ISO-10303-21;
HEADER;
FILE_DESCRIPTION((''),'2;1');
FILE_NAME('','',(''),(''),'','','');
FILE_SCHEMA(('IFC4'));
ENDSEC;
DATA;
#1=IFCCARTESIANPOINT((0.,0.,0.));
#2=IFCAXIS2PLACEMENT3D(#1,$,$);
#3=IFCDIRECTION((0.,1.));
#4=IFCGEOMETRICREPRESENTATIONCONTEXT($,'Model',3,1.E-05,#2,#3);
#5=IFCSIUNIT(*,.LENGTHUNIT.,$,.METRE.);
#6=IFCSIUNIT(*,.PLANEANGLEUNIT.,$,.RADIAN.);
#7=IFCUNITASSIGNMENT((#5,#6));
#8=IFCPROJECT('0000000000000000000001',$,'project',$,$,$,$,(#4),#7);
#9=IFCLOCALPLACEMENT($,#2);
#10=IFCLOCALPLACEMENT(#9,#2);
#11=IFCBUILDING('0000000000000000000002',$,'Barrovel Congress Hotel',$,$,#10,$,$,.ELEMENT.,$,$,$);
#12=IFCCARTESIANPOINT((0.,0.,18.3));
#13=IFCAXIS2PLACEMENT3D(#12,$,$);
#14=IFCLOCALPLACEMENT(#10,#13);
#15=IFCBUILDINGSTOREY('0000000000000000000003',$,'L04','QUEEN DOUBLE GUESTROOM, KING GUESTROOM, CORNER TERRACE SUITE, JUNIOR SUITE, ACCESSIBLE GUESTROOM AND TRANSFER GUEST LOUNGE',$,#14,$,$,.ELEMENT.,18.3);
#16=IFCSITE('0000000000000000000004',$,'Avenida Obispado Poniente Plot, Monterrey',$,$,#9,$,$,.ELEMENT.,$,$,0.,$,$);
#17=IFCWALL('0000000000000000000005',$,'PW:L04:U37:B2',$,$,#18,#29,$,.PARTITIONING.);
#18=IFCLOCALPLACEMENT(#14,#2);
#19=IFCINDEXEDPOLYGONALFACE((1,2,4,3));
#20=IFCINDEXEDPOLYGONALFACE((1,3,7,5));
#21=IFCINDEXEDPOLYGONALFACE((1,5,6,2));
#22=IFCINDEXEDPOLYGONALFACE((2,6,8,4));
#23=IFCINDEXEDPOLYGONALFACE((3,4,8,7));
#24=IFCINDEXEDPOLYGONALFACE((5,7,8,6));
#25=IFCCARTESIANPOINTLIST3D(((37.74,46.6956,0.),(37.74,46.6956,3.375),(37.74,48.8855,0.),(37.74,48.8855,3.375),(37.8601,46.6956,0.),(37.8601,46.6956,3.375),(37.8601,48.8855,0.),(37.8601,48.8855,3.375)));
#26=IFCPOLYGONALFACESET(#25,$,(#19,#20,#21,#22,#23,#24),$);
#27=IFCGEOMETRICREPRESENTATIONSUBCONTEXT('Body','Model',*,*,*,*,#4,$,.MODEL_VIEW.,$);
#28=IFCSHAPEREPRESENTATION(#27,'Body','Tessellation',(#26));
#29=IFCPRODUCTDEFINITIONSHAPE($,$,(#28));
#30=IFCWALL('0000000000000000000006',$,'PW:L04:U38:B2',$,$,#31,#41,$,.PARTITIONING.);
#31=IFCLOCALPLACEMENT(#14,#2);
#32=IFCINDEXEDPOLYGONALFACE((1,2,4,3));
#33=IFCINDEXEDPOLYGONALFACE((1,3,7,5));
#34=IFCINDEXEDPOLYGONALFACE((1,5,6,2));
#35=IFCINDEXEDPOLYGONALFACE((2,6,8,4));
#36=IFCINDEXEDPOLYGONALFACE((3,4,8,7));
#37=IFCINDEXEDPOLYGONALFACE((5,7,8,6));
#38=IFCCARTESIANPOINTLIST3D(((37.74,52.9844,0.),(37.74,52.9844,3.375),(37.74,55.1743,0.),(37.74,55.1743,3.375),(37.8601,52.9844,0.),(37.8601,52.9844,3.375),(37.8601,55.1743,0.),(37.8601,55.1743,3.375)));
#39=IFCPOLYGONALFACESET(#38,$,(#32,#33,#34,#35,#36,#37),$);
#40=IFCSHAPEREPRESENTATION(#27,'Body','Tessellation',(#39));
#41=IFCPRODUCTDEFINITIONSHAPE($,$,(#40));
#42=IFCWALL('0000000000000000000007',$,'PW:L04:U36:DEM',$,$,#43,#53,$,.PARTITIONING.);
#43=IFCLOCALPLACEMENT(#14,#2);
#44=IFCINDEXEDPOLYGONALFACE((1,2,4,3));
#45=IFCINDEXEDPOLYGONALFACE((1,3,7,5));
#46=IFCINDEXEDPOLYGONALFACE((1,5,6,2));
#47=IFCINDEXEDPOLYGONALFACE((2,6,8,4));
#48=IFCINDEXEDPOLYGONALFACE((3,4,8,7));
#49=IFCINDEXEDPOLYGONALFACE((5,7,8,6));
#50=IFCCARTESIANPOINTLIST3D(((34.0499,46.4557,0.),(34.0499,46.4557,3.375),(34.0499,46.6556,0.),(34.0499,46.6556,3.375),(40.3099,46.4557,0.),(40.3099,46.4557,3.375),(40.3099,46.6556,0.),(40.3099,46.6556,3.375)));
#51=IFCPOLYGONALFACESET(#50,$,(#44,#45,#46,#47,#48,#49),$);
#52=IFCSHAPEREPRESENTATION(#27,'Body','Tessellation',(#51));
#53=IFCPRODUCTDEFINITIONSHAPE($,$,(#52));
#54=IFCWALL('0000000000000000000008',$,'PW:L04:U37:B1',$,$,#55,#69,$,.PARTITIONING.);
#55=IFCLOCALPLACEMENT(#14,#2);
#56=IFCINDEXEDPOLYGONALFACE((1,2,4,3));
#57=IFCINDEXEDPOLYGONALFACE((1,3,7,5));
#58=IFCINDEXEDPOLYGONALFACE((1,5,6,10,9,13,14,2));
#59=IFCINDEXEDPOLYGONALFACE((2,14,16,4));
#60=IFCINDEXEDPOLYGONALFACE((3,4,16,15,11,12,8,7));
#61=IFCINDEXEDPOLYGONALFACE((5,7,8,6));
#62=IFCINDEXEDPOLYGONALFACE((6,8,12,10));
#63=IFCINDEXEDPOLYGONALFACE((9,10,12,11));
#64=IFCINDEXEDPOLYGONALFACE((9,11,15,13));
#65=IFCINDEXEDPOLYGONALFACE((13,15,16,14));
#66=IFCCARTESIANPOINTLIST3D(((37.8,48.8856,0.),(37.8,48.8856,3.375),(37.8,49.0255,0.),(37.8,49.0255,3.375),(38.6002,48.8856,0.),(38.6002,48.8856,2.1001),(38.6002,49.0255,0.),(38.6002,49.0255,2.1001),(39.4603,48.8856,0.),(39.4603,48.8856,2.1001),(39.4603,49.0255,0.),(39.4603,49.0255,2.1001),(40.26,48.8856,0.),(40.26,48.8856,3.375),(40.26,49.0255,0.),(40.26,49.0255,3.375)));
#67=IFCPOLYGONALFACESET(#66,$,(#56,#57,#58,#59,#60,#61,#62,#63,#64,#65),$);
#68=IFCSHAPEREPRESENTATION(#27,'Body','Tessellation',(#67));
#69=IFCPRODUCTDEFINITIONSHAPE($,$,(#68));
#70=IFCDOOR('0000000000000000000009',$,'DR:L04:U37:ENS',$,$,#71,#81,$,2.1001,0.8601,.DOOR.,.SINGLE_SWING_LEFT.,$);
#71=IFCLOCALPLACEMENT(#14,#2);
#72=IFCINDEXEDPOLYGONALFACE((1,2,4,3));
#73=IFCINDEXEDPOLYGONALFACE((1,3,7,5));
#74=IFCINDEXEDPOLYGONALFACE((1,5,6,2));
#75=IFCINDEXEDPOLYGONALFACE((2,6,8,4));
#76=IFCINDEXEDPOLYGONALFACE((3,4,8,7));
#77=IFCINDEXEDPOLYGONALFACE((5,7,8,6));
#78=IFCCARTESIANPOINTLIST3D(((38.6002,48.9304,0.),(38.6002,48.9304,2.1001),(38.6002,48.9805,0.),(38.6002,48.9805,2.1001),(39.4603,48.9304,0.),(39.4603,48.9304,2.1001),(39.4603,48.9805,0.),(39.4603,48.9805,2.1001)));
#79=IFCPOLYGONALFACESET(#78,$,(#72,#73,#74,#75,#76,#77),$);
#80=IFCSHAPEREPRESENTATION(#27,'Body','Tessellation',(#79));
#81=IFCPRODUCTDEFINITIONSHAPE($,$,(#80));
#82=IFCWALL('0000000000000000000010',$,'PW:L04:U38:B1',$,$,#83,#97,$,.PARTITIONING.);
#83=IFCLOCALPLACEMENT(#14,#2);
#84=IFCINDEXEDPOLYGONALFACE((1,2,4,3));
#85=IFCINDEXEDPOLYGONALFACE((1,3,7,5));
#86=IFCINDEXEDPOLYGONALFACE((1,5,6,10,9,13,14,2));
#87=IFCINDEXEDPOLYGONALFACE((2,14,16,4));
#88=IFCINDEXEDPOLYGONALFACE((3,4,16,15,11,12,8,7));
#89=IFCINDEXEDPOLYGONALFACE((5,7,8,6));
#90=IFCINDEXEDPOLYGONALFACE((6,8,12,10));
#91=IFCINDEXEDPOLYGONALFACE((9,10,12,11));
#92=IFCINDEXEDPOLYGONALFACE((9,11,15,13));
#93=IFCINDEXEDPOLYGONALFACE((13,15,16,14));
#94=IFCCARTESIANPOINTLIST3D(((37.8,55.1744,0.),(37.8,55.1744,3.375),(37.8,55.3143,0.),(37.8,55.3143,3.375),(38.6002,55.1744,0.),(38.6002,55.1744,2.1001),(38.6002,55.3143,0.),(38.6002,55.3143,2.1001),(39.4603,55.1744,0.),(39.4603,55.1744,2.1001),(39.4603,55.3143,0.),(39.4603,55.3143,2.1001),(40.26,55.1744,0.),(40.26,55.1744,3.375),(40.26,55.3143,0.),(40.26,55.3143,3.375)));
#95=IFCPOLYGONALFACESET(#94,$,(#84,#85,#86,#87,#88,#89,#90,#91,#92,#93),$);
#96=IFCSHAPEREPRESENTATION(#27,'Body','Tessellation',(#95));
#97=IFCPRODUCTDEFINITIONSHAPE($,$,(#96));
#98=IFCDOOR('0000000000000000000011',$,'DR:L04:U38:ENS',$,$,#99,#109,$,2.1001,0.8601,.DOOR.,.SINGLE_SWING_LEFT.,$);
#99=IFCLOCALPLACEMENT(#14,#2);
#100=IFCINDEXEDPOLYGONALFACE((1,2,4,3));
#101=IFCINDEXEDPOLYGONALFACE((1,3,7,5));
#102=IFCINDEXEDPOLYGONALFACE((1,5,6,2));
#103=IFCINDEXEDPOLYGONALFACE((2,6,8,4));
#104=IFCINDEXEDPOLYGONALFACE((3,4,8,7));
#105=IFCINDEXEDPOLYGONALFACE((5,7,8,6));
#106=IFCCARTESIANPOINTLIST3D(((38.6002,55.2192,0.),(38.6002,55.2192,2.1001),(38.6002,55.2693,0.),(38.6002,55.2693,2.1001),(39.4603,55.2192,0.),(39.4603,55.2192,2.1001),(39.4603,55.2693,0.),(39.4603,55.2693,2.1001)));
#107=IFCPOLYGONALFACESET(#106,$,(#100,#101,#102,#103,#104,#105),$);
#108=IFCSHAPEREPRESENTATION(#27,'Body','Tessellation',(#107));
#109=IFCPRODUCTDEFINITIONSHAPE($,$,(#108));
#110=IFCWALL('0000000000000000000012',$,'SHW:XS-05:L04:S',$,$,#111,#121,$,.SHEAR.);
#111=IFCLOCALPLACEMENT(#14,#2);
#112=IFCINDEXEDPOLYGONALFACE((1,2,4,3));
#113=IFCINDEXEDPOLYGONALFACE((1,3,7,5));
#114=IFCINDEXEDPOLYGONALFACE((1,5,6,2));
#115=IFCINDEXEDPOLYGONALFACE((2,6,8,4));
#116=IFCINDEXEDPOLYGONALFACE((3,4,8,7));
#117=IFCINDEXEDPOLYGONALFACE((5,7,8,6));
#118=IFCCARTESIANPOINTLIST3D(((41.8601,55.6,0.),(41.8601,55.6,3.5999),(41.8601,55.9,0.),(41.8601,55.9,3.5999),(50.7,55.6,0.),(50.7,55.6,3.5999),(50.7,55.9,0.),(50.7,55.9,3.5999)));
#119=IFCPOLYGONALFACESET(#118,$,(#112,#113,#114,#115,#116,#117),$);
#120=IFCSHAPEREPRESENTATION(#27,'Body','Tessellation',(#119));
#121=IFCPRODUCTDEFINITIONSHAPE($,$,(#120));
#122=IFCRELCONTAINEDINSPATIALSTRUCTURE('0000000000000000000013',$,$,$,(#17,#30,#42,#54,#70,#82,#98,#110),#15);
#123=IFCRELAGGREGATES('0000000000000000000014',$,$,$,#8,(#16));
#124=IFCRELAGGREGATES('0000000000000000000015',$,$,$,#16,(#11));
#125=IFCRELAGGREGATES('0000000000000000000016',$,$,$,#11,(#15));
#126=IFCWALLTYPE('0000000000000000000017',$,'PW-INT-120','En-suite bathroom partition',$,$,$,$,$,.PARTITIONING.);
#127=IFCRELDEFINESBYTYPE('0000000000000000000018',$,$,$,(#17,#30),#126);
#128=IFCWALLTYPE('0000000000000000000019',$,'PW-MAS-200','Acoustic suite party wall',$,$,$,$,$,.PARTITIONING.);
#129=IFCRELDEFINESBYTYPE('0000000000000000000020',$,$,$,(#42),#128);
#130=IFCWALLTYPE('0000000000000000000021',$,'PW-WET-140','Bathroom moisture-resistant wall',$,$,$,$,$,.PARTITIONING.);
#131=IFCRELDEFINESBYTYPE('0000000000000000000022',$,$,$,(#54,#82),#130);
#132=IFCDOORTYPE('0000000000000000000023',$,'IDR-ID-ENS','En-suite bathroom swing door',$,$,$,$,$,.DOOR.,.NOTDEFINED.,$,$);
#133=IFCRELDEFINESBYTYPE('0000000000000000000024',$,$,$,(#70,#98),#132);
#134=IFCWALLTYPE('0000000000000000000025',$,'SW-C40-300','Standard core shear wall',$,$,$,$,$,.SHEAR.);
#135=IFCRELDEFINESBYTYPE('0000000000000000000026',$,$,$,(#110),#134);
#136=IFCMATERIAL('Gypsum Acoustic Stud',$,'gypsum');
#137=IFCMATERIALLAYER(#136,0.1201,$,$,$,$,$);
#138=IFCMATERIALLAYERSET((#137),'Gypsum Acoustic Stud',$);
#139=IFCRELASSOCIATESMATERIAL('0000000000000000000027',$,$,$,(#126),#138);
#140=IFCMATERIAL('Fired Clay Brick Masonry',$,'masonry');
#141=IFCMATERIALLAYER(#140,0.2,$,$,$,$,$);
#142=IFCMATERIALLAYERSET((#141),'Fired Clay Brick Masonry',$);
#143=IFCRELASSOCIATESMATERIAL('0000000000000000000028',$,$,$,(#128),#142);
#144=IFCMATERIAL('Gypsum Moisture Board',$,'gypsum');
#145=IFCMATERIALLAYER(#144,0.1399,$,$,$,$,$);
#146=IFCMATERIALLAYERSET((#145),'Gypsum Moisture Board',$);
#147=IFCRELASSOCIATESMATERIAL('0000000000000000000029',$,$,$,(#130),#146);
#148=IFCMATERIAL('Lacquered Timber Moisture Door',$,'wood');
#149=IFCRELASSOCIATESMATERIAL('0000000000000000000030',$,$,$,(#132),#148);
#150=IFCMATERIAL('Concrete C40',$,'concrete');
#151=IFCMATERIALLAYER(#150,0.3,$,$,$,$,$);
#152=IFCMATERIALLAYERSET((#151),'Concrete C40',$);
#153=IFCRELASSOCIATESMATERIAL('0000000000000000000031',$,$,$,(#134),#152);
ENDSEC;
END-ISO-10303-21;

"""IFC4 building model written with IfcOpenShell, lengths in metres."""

from ifc_helpers import new_model, si_unit, direction, frame, frame_2d, origin, place, context, subcontext, project, spatial, rectangle, extrude, material, layer, layer_set, type_object, element, fill, save


model = new_model("IFC4")

# Units and contexts
model_context = context("Model", 3, precision=1e-05, world=origin(), true_north=direction((0.0, 1.0)))
body_context = subcontext(model_context, "Body", "Model", "MODEL_VIEW")
ifc_project = project(units=[si_unit("LENGTHUNIT", "METRE"), si_unit("PLANEANGLEUNIT", "RADIAN")], contexts=[model_context])

# Site, building, storey
site_placement = place(None, origin())
site = spatial("IfcSite", under=ifc_project, at=site_placement, Name="Avenida Obispado Poniente Plot, Monterrey", CompositionType="ELEMENT", RefElevation=0.0)
building_placement = place(site_placement, origin())
building = spatial("IfcBuilding", under=site, at=building_placement, Name="Barrovel Congress Hotel", CompositionType="ELEMENT")
storey_placement = place(building_placement, frame((0.0, 0.0, 18.3)))
storey = spatial("IfcBuildingStorey", under=building, at=storey_placement, Name="L04", Description="QUEEN DOUBLE GUESTROOM, KING GUESTROOM, CORNER TERRACE SUITE, JUNIOR SUITE, ACCESSIBLE GUESTROOM AND TRANSFER GUEST LOUNGE", CompositionType="ELEMENT", Elevation=18.3)

# Shared definitions
ifc_material_1 = material(Name="Concrete C40", Category="concrete")

# Shared definitions
ifc_material_2 = material(Name="Gypsum Acoustic Stud", Category="gypsum")

# Walls
ifc_layer_1 = layer(ifc_material_2, 0.1201)
ifc_layer_set_1 = layer_set([ifc_layer_1], Name="Gypsum Acoustic Stud")
wall_type_1 = type_object("IfcWallType", Name="PW-INT-120", Description="En-suite bathroom partition", PredefinedType="PARTITIONING", material=ifc_layer_set_1)
for number, where, z_axis, x_axis, name in (
    (1, (37.8, 46.6956, 0.0), (0.0, 0.0, 1.0), (0.0, 1.0, 0.0), "PW:L04:U37:B2"),
    (2, (37.8, 52.9844, 0.0), (0.0, 0.0, 1.0), (0.0, 1.0, 0.0), "PW:L04:U38:B2"),
):
    element("IfcWall", number, at=place(storey_placement, frame(where, z_axis=z_axis, x_axis=x_axis)), inside=storey, type_object=wall_type_1, Name=name, PredefinedType="PARTITIONING", context=body_context, shape_type="SweptSolid", body=[
        extrude(rectangle(XDim=2.1899, YDim=0.1201, at=frame_2d((1.095, 0.0))), origin(), (0.0, 0.0, 1.0), 3.375),
    ])
ifc_material_3 = material(Name="Fired Clay Brick Masonry", Category="masonry")
ifc_layer_2 = layer(ifc_material_3, 0.2)
ifc_layer_set_2 = layer_set([ifc_layer_2], Name="Fired Clay Brick Masonry")
wall_type_2 = type_object("IfcWallType", Name="PW-MAS-200", Description="Acoustic suite party wall", PredefinedType="PARTITIONING", material=ifc_layer_set_2)
wall_1_placement = place(storey_placement, frame((34.05, 46.5557, 0.0), z_axis=(0.0, 0.0, 1.0), x_axis=(1.0, 0.0, 0.0)))
element("IfcWall", 3, at=wall_1_placement, inside=storey, type_object=wall_type_2, Name="PW:L04:U36:DEM", PredefinedType="PARTITIONING", context=body_context, shape_type="SweptSolid", body=[
    extrude(rectangle(XDim=6.26, YDim=0.2, at=frame_2d((3.1299, 0.0))), origin(), (0.0, 0.0, 1.0), 3.375),
])

# Walls, openings, doors
ifc_material_4 = material(Name="Gypsum Moisture Board", Category="gypsum")
ifc_layer_3 = layer(ifc_material_4, 0.1399)
ifc_layer_set_3 = layer_set([ifc_layer_3], Name="Gypsum Moisture Board")
wall_type_3 = type_object("IfcWallType", Name="PW-WET-140", Description="Bathroom moisture-resistant wall", PredefinedType="PARTITIONING", material=ifc_layer_set_3)
wall_2_placement = place(storey_placement, frame((37.8, 48.9556, 0.0), z_axis=(0.0, 0.0, 1.0), x_axis=(1.0, 0.0, 0.0)))
wall_2 = element("IfcWall", 4, at=wall_2_placement, inside=storey, type_object=wall_type_3, Name="PW:L04:U37:B1", PredefinedType="PARTITIONING", context=body_context, shape_type="SweptSolid", body=[
    extrude(rectangle(XDim=2.46, YDim=0.1399, at=frame_2d((1.23, 0.0))), origin(), (0.0, 0.0, 1.0), 3.375),
])
opening_1_placement = place(wall_2_placement, frame((0.8, 0.0, 0.0)))
opening_1 = element("IfcOpeningElement", 5, at=opening_1_placement, cuts=wall_2, PredefinedType="OPENING", context=body_context, shape_type="SweptSolid", body=[
    extrude(rectangle(XDim=0.8601, YDim=2.1001, at=frame_2d((0.4302, 1.05))), frame((0.0, 0.0801, 0.0), z_axis=(0.0, -1.0, 0.0), x_axis=(1.0, 0.0, 0.0)), (0.0, 0.0, 1.0), 0.1599),
])
ifc_material_5 = material(Name="Lacquered Timber Moisture Door", Category="wood")
door_type_1 = type_object("IfcDoorType", Name="IDR-ID-ENS", Description="En-suite bathroom swing door", OperationType="NOTDEFINED", PredefinedType="DOOR", material=ifc_material_5)
door_1_placement = place(opening_1_placement, origin())
door_1 = element("IfcDoor", 6, at=door_1_placement, inside=storey, type_object=door_type_1, Name="DR:L04:U37:ENS", OperationType="SINGLE_SWING_LEFT", OverallHeight=2.1001, OverallWidth=0.8601, PredefinedType="DOOR", context=body_context, shape_type="SweptSolid", body=[
    extrude(rectangle(XDim=0.8601, YDim=2.1001, at=frame_2d((0.4302, 1.05))), frame((0.0, 0.0249, 0.0), z_axis=(0.0, -1.0, 0.0), x_axis=(1.0, 0.0, 0.0)), (0.0, 0.0, 1.0), 0.05),
])
fill(opening_1, door_1)
wall_3_placement = place(storey_placement, frame((37.8, 55.2444, 0.0), z_axis=(0.0, 0.0, 1.0), x_axis=(1.0, 0.0, 0.0)))
wall_3 = element("IfcWall", 7, at=wall_3_placement, inside=storey, type_object=wall_type_3, Name="PW:L04:U38:B1", PredefinedType="PARTITIONING", context=body_context, shape_type="SweptSolid", body=[
    extrude(rectangle(XDim=2.46, YDim=0.1399, at=frame_2d((1.23, 0.0))), origin(), (0.0, 0.0, 1.0), 3.375),
])
opening_2_placement = place(wall_3_placement, frame((0.8, 0.0, 0.0)))
opening_2 = element("IfcOpeningElement", 8, at=opening_2_placement, cuts=wall_3, PredefinedType="OPENING", context=body_context, shape_type="SweptSolid", body=[
    extrude(rectangle(XDim=0.8601, YDim=2.1001, at=frame_2d((0.4302, 1.05))), frame((0.0, 0.0801, 0.0), z_axis=(0.0, -1.0, 0.0), x_axis=(1.0, 0.0, 0.0)), (0.0, 0.0, 1.0), 0.1599),
])
door_2_placement = place(opening_2_placement, origin())
door_2 = element("IfcDoor", 9, at=door_2_placement, inside=storey, type_object=door_type_1, Name="DR:L04:U38:ENS", OperationType="SINGLE_SWING_LEFT", OverallHeight=2.1001, OverallWidth=0.8601, PredefinedType="DOOR", context=body_context, shape_type="SweptSolid", body=[
    extrude(rectangle(XDim=0.8601, YDim=2.1001, at=frame_2d((0.4302, 1.05))), frame((0.0, 0.0249, 0.0), z_axis=(0.0, -1.0, 0.0), x_axis=(1.0, 0.0, 0.0)), (0.0, 0.0, 1.0), 0.05),
])
fill(opening_2, door_2)

# Wall
ifc_layer_4 = layer(ifc_material_1, 0.3)
ifc_layer_set_4 = layer_set([ifc_layer_4], Name="Concrete C40")
wall_type_4 = type_object("IfcWallType", Name="SW-C40-300", Description="Standard core shear wall", PredefinedType="SHEAR", material=ifc_layer_set_4)
wall_4_placement = place(storey_placement, frame((41.8601, 55.75, 0.0), z_axis=(0.0, 0.0, 1.0), x_axis=(1.0, 0.0, 0.0)))
element("IfcWall", 10, at=wall_4_placement, inside=storey, type_object=wall_type_4, Name="SHW:XS-05:L04:S", PredefinedType="SHEAR", context=body_context, shape_type="SweptSolid", body=[
    extrude(rectangle(XDim=8.8398, YDim=0.3, at=frame_2d((4.4199, 0.0))), origin(), (0.0, 0.0, 1.0), 3.5999),
])

save(model, "model.ifc")
